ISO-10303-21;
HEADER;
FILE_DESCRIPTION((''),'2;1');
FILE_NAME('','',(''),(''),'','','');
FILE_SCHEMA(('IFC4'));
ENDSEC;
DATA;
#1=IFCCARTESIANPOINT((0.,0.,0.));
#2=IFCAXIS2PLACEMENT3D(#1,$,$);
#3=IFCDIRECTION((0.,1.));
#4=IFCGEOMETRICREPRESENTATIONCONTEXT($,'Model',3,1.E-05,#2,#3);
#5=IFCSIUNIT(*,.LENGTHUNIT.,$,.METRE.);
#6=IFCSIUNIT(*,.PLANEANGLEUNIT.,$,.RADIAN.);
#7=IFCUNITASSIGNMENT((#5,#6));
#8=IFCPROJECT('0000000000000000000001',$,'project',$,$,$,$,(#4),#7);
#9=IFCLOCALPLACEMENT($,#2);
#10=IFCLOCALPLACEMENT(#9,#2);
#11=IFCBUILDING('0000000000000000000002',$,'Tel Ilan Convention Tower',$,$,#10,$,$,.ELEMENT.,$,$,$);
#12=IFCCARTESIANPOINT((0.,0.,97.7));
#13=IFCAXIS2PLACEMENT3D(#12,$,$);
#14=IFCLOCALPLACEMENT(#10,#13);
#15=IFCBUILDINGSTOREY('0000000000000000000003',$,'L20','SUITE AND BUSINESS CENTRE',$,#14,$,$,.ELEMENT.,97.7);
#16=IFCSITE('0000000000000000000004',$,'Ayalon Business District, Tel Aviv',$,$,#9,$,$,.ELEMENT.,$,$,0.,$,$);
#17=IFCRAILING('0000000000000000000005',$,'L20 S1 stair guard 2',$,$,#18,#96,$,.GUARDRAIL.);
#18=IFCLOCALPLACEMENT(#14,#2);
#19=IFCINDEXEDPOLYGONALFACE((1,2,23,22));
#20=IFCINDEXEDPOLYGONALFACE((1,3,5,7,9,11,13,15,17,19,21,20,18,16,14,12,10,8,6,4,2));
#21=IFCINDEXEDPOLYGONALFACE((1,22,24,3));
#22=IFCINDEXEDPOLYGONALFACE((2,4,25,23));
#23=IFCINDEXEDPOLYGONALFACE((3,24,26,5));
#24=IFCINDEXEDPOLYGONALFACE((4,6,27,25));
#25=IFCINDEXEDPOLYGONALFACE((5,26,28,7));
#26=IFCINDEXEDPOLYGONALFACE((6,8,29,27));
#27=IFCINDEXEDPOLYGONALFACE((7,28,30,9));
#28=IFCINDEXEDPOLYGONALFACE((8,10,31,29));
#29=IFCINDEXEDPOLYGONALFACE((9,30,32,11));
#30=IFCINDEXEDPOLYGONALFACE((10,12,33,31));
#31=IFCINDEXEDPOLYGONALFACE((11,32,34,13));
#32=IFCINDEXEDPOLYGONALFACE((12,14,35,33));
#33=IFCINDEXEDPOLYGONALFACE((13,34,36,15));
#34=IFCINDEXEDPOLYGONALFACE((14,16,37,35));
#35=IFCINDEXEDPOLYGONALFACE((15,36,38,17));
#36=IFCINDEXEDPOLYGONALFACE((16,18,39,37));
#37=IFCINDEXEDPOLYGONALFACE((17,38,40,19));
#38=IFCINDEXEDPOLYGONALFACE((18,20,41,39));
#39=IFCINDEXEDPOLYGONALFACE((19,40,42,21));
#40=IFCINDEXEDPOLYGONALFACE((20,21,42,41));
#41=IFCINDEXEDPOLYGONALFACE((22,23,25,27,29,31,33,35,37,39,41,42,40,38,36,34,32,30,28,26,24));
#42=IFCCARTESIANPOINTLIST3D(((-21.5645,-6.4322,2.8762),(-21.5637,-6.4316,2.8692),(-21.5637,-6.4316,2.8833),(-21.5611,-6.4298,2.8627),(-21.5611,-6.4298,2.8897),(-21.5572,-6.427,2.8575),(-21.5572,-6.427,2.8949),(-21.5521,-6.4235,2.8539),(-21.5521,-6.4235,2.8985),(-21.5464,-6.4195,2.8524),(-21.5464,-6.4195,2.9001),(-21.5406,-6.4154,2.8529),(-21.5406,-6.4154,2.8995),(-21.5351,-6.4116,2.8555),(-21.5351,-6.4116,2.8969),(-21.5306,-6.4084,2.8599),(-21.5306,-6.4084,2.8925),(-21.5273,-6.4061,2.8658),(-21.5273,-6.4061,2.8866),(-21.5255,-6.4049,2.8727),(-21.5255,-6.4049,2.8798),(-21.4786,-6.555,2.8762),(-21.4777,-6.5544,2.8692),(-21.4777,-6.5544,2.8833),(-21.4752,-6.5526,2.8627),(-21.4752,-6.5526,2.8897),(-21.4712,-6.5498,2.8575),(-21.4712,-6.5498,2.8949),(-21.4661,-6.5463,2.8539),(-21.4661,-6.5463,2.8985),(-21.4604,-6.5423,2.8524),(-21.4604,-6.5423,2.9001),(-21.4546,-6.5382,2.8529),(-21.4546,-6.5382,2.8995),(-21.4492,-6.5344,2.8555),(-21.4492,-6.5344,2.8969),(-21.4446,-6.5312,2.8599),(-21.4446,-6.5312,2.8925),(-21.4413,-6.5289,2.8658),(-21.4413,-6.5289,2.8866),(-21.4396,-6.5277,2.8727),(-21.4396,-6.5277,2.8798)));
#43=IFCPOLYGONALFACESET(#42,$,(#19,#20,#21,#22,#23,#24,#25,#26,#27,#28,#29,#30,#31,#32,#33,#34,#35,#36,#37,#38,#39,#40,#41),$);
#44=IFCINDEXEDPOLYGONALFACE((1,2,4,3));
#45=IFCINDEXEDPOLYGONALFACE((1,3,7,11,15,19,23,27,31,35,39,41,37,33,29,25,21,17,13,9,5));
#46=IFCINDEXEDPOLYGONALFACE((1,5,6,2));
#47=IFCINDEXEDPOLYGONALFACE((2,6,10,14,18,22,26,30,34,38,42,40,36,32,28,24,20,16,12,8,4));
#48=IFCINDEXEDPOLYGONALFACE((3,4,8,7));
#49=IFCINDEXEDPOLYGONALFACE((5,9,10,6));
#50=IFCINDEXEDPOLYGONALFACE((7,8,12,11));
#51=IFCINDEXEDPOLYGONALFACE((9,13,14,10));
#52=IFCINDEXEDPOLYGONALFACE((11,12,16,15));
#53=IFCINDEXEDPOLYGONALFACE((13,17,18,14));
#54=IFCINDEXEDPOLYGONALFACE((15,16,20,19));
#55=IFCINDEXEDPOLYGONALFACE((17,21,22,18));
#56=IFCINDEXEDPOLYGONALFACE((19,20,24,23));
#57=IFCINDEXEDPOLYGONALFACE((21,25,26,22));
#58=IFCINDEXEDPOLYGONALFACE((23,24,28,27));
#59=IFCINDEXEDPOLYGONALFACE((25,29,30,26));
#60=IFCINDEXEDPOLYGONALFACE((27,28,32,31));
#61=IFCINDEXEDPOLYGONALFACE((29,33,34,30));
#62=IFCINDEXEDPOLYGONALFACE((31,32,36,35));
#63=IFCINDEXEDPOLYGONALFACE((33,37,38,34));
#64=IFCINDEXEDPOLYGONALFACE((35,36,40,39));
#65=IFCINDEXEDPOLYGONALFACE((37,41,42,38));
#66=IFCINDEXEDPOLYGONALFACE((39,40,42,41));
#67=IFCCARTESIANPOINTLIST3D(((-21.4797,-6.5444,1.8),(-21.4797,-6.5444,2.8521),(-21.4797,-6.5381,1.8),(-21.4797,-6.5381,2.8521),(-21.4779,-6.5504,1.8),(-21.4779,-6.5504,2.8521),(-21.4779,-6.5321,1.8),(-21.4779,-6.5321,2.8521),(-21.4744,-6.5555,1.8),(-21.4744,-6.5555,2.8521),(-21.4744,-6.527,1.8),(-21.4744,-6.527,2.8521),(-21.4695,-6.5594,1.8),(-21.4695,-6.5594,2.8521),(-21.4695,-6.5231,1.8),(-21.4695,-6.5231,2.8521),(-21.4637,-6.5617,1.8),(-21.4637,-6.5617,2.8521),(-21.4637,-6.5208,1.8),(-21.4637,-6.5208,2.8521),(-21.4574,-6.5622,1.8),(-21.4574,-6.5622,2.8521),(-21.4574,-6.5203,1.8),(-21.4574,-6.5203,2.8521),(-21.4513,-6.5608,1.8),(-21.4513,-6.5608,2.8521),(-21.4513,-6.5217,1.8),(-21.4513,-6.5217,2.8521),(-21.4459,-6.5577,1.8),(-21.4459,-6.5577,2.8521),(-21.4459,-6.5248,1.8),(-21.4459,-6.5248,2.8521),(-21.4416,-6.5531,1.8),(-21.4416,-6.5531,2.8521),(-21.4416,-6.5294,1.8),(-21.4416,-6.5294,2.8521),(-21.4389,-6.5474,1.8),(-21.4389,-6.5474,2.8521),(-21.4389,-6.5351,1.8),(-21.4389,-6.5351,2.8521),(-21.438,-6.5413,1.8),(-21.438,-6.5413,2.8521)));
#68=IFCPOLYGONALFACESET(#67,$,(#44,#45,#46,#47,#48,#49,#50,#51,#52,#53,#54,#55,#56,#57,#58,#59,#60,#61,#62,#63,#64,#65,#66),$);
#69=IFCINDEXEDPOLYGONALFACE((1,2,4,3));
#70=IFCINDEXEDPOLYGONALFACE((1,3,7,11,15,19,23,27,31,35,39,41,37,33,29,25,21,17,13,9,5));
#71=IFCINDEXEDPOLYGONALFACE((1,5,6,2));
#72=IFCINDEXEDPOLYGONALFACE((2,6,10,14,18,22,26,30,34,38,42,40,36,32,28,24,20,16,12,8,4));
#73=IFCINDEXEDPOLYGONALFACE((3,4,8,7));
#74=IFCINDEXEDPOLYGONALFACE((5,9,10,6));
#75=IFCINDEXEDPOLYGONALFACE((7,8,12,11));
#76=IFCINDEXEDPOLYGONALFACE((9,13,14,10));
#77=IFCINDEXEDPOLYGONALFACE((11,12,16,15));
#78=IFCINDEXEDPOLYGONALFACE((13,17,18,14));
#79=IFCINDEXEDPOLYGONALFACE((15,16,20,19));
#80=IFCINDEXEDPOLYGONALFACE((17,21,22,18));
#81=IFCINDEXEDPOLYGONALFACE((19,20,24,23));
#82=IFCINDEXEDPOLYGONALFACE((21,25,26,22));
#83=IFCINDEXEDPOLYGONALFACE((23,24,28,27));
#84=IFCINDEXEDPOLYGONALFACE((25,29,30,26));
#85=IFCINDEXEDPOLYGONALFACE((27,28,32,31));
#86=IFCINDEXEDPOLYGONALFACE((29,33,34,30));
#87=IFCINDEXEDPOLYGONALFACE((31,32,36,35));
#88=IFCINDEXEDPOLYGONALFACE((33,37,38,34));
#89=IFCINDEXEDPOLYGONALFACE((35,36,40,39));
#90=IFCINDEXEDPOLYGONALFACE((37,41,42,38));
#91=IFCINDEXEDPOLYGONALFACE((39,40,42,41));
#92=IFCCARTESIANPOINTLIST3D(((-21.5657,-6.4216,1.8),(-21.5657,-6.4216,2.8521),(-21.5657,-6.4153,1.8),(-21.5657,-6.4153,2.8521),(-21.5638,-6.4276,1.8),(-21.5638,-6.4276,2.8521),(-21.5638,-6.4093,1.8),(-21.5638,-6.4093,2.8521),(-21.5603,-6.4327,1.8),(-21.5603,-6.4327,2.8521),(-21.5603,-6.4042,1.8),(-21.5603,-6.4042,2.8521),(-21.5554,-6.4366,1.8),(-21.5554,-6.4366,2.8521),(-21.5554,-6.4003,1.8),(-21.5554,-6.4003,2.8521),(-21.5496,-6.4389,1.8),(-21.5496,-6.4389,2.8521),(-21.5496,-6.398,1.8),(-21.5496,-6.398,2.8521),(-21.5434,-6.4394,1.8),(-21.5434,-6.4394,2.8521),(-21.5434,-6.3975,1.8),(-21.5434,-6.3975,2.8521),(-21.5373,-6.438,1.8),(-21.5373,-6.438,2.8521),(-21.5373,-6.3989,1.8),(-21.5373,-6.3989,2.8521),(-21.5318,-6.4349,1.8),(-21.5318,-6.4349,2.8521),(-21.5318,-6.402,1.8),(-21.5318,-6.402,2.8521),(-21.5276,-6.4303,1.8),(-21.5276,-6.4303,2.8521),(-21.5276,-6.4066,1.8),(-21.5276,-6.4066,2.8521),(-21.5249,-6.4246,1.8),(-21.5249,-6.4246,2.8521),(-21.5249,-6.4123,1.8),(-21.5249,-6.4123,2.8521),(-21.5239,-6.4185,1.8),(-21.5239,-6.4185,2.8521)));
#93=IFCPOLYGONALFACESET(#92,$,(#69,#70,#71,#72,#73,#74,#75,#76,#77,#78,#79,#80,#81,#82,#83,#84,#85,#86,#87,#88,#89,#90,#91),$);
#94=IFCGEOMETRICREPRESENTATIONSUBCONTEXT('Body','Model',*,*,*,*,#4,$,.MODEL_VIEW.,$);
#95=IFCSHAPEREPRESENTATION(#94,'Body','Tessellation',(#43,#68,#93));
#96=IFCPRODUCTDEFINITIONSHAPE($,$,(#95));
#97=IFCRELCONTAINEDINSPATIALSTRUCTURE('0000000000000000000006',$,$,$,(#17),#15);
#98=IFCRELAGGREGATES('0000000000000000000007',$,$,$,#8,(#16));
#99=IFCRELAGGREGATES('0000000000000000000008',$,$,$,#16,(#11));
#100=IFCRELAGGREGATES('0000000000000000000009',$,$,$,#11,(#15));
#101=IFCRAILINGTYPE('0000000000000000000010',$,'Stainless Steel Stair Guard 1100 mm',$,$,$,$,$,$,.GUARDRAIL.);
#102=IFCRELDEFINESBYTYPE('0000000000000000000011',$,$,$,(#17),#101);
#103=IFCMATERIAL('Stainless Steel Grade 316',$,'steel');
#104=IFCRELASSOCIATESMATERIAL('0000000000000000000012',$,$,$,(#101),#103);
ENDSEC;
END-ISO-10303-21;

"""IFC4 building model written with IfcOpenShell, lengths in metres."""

from ifc_helpers import new_model, si_unit, direction, frame, origin, origin_2d, place, context, subcontext, project, spatial, circle, extrude, material, type_object, element, save


model = new_model("IFC4")

# Units and contexts
model_context = context("Model", 3, precision=1e-05, world=origin(), true_north=direction((0.0, 1.0)))
body_context = subcontext(model_context, "Body", "Model", "MODEL_VIEW")
ifc_project = project(units=[si_unit("LENGTHUNIT", "METRE"), si_unit("PLANEANGLEUNIT", "RADIAN")], contexts=[model_context])

# Site, building, storey
site_placement = place(None, origin())
site = spatial("IfcSite", under=ifc_project, at=site_placement, Name="Ayalon Business District, Tel Aviv", CompositionType="ELEMENT", RefElevation=0.0)
building_placement = place(site_placement, origin())
building = spatial("IfcBuilding", under=site, at=building_placement, Name="Tel Ilan Convention Tower", CompositionType="ELEMENT")
storey_placement = place(building_placement, frame((0.0, 0.0, 97.7)))
storey = spatial("IfcBuildingStorey", under=building, at=storey_placement, Name="L20", Description="SUITE AND BUSINESS CENTRE", CompositionType="ELEMENT", Elevation=97.7)

# Railing
ifc_material_1 = material(Name="Stainless Steel Grade 316", Category="steel")
railing_type_1 = type_object("IfcRailingType", Name="Stainless Steel Stair Guard 1100 mm", PredefinedType="GUARDRAIL", material=ifc_material_1)
railing_1_placement = place(storey_placement, frame((-21.459, -6.5413, 1.8)))
element("IfcRailing", 1, at=railing_1_placement, inside=storey, type_object=railing_type_1, Name="L20 S1 stair guard 2", PredefinedType="GUARDRAIL", context=body_context, shape_type="SweptSolid", body=[
    extrude(circle(Radius=0.0239, at=origin_2d()), frame((0.0, 0.0, 1.0762), z_axis=(-0.573353, 0.819308, 0.0), x_axis=(-0.819308, -0.573353, 0.0)), (0.0, 0.0, 1.0), 0.1499),
    extrude(circle(Radius=0.021, at=origin_2d()), origin(), (0.0, 0.0, 1.0), 1.052),
    extrude(circle(Radius=0.021, at=origin_2d()), frame((-0.0859, 0.1228, 0.0)), (0.0, 0.0, 1.0), 1.052),
])

save(model, "model.ifc")
